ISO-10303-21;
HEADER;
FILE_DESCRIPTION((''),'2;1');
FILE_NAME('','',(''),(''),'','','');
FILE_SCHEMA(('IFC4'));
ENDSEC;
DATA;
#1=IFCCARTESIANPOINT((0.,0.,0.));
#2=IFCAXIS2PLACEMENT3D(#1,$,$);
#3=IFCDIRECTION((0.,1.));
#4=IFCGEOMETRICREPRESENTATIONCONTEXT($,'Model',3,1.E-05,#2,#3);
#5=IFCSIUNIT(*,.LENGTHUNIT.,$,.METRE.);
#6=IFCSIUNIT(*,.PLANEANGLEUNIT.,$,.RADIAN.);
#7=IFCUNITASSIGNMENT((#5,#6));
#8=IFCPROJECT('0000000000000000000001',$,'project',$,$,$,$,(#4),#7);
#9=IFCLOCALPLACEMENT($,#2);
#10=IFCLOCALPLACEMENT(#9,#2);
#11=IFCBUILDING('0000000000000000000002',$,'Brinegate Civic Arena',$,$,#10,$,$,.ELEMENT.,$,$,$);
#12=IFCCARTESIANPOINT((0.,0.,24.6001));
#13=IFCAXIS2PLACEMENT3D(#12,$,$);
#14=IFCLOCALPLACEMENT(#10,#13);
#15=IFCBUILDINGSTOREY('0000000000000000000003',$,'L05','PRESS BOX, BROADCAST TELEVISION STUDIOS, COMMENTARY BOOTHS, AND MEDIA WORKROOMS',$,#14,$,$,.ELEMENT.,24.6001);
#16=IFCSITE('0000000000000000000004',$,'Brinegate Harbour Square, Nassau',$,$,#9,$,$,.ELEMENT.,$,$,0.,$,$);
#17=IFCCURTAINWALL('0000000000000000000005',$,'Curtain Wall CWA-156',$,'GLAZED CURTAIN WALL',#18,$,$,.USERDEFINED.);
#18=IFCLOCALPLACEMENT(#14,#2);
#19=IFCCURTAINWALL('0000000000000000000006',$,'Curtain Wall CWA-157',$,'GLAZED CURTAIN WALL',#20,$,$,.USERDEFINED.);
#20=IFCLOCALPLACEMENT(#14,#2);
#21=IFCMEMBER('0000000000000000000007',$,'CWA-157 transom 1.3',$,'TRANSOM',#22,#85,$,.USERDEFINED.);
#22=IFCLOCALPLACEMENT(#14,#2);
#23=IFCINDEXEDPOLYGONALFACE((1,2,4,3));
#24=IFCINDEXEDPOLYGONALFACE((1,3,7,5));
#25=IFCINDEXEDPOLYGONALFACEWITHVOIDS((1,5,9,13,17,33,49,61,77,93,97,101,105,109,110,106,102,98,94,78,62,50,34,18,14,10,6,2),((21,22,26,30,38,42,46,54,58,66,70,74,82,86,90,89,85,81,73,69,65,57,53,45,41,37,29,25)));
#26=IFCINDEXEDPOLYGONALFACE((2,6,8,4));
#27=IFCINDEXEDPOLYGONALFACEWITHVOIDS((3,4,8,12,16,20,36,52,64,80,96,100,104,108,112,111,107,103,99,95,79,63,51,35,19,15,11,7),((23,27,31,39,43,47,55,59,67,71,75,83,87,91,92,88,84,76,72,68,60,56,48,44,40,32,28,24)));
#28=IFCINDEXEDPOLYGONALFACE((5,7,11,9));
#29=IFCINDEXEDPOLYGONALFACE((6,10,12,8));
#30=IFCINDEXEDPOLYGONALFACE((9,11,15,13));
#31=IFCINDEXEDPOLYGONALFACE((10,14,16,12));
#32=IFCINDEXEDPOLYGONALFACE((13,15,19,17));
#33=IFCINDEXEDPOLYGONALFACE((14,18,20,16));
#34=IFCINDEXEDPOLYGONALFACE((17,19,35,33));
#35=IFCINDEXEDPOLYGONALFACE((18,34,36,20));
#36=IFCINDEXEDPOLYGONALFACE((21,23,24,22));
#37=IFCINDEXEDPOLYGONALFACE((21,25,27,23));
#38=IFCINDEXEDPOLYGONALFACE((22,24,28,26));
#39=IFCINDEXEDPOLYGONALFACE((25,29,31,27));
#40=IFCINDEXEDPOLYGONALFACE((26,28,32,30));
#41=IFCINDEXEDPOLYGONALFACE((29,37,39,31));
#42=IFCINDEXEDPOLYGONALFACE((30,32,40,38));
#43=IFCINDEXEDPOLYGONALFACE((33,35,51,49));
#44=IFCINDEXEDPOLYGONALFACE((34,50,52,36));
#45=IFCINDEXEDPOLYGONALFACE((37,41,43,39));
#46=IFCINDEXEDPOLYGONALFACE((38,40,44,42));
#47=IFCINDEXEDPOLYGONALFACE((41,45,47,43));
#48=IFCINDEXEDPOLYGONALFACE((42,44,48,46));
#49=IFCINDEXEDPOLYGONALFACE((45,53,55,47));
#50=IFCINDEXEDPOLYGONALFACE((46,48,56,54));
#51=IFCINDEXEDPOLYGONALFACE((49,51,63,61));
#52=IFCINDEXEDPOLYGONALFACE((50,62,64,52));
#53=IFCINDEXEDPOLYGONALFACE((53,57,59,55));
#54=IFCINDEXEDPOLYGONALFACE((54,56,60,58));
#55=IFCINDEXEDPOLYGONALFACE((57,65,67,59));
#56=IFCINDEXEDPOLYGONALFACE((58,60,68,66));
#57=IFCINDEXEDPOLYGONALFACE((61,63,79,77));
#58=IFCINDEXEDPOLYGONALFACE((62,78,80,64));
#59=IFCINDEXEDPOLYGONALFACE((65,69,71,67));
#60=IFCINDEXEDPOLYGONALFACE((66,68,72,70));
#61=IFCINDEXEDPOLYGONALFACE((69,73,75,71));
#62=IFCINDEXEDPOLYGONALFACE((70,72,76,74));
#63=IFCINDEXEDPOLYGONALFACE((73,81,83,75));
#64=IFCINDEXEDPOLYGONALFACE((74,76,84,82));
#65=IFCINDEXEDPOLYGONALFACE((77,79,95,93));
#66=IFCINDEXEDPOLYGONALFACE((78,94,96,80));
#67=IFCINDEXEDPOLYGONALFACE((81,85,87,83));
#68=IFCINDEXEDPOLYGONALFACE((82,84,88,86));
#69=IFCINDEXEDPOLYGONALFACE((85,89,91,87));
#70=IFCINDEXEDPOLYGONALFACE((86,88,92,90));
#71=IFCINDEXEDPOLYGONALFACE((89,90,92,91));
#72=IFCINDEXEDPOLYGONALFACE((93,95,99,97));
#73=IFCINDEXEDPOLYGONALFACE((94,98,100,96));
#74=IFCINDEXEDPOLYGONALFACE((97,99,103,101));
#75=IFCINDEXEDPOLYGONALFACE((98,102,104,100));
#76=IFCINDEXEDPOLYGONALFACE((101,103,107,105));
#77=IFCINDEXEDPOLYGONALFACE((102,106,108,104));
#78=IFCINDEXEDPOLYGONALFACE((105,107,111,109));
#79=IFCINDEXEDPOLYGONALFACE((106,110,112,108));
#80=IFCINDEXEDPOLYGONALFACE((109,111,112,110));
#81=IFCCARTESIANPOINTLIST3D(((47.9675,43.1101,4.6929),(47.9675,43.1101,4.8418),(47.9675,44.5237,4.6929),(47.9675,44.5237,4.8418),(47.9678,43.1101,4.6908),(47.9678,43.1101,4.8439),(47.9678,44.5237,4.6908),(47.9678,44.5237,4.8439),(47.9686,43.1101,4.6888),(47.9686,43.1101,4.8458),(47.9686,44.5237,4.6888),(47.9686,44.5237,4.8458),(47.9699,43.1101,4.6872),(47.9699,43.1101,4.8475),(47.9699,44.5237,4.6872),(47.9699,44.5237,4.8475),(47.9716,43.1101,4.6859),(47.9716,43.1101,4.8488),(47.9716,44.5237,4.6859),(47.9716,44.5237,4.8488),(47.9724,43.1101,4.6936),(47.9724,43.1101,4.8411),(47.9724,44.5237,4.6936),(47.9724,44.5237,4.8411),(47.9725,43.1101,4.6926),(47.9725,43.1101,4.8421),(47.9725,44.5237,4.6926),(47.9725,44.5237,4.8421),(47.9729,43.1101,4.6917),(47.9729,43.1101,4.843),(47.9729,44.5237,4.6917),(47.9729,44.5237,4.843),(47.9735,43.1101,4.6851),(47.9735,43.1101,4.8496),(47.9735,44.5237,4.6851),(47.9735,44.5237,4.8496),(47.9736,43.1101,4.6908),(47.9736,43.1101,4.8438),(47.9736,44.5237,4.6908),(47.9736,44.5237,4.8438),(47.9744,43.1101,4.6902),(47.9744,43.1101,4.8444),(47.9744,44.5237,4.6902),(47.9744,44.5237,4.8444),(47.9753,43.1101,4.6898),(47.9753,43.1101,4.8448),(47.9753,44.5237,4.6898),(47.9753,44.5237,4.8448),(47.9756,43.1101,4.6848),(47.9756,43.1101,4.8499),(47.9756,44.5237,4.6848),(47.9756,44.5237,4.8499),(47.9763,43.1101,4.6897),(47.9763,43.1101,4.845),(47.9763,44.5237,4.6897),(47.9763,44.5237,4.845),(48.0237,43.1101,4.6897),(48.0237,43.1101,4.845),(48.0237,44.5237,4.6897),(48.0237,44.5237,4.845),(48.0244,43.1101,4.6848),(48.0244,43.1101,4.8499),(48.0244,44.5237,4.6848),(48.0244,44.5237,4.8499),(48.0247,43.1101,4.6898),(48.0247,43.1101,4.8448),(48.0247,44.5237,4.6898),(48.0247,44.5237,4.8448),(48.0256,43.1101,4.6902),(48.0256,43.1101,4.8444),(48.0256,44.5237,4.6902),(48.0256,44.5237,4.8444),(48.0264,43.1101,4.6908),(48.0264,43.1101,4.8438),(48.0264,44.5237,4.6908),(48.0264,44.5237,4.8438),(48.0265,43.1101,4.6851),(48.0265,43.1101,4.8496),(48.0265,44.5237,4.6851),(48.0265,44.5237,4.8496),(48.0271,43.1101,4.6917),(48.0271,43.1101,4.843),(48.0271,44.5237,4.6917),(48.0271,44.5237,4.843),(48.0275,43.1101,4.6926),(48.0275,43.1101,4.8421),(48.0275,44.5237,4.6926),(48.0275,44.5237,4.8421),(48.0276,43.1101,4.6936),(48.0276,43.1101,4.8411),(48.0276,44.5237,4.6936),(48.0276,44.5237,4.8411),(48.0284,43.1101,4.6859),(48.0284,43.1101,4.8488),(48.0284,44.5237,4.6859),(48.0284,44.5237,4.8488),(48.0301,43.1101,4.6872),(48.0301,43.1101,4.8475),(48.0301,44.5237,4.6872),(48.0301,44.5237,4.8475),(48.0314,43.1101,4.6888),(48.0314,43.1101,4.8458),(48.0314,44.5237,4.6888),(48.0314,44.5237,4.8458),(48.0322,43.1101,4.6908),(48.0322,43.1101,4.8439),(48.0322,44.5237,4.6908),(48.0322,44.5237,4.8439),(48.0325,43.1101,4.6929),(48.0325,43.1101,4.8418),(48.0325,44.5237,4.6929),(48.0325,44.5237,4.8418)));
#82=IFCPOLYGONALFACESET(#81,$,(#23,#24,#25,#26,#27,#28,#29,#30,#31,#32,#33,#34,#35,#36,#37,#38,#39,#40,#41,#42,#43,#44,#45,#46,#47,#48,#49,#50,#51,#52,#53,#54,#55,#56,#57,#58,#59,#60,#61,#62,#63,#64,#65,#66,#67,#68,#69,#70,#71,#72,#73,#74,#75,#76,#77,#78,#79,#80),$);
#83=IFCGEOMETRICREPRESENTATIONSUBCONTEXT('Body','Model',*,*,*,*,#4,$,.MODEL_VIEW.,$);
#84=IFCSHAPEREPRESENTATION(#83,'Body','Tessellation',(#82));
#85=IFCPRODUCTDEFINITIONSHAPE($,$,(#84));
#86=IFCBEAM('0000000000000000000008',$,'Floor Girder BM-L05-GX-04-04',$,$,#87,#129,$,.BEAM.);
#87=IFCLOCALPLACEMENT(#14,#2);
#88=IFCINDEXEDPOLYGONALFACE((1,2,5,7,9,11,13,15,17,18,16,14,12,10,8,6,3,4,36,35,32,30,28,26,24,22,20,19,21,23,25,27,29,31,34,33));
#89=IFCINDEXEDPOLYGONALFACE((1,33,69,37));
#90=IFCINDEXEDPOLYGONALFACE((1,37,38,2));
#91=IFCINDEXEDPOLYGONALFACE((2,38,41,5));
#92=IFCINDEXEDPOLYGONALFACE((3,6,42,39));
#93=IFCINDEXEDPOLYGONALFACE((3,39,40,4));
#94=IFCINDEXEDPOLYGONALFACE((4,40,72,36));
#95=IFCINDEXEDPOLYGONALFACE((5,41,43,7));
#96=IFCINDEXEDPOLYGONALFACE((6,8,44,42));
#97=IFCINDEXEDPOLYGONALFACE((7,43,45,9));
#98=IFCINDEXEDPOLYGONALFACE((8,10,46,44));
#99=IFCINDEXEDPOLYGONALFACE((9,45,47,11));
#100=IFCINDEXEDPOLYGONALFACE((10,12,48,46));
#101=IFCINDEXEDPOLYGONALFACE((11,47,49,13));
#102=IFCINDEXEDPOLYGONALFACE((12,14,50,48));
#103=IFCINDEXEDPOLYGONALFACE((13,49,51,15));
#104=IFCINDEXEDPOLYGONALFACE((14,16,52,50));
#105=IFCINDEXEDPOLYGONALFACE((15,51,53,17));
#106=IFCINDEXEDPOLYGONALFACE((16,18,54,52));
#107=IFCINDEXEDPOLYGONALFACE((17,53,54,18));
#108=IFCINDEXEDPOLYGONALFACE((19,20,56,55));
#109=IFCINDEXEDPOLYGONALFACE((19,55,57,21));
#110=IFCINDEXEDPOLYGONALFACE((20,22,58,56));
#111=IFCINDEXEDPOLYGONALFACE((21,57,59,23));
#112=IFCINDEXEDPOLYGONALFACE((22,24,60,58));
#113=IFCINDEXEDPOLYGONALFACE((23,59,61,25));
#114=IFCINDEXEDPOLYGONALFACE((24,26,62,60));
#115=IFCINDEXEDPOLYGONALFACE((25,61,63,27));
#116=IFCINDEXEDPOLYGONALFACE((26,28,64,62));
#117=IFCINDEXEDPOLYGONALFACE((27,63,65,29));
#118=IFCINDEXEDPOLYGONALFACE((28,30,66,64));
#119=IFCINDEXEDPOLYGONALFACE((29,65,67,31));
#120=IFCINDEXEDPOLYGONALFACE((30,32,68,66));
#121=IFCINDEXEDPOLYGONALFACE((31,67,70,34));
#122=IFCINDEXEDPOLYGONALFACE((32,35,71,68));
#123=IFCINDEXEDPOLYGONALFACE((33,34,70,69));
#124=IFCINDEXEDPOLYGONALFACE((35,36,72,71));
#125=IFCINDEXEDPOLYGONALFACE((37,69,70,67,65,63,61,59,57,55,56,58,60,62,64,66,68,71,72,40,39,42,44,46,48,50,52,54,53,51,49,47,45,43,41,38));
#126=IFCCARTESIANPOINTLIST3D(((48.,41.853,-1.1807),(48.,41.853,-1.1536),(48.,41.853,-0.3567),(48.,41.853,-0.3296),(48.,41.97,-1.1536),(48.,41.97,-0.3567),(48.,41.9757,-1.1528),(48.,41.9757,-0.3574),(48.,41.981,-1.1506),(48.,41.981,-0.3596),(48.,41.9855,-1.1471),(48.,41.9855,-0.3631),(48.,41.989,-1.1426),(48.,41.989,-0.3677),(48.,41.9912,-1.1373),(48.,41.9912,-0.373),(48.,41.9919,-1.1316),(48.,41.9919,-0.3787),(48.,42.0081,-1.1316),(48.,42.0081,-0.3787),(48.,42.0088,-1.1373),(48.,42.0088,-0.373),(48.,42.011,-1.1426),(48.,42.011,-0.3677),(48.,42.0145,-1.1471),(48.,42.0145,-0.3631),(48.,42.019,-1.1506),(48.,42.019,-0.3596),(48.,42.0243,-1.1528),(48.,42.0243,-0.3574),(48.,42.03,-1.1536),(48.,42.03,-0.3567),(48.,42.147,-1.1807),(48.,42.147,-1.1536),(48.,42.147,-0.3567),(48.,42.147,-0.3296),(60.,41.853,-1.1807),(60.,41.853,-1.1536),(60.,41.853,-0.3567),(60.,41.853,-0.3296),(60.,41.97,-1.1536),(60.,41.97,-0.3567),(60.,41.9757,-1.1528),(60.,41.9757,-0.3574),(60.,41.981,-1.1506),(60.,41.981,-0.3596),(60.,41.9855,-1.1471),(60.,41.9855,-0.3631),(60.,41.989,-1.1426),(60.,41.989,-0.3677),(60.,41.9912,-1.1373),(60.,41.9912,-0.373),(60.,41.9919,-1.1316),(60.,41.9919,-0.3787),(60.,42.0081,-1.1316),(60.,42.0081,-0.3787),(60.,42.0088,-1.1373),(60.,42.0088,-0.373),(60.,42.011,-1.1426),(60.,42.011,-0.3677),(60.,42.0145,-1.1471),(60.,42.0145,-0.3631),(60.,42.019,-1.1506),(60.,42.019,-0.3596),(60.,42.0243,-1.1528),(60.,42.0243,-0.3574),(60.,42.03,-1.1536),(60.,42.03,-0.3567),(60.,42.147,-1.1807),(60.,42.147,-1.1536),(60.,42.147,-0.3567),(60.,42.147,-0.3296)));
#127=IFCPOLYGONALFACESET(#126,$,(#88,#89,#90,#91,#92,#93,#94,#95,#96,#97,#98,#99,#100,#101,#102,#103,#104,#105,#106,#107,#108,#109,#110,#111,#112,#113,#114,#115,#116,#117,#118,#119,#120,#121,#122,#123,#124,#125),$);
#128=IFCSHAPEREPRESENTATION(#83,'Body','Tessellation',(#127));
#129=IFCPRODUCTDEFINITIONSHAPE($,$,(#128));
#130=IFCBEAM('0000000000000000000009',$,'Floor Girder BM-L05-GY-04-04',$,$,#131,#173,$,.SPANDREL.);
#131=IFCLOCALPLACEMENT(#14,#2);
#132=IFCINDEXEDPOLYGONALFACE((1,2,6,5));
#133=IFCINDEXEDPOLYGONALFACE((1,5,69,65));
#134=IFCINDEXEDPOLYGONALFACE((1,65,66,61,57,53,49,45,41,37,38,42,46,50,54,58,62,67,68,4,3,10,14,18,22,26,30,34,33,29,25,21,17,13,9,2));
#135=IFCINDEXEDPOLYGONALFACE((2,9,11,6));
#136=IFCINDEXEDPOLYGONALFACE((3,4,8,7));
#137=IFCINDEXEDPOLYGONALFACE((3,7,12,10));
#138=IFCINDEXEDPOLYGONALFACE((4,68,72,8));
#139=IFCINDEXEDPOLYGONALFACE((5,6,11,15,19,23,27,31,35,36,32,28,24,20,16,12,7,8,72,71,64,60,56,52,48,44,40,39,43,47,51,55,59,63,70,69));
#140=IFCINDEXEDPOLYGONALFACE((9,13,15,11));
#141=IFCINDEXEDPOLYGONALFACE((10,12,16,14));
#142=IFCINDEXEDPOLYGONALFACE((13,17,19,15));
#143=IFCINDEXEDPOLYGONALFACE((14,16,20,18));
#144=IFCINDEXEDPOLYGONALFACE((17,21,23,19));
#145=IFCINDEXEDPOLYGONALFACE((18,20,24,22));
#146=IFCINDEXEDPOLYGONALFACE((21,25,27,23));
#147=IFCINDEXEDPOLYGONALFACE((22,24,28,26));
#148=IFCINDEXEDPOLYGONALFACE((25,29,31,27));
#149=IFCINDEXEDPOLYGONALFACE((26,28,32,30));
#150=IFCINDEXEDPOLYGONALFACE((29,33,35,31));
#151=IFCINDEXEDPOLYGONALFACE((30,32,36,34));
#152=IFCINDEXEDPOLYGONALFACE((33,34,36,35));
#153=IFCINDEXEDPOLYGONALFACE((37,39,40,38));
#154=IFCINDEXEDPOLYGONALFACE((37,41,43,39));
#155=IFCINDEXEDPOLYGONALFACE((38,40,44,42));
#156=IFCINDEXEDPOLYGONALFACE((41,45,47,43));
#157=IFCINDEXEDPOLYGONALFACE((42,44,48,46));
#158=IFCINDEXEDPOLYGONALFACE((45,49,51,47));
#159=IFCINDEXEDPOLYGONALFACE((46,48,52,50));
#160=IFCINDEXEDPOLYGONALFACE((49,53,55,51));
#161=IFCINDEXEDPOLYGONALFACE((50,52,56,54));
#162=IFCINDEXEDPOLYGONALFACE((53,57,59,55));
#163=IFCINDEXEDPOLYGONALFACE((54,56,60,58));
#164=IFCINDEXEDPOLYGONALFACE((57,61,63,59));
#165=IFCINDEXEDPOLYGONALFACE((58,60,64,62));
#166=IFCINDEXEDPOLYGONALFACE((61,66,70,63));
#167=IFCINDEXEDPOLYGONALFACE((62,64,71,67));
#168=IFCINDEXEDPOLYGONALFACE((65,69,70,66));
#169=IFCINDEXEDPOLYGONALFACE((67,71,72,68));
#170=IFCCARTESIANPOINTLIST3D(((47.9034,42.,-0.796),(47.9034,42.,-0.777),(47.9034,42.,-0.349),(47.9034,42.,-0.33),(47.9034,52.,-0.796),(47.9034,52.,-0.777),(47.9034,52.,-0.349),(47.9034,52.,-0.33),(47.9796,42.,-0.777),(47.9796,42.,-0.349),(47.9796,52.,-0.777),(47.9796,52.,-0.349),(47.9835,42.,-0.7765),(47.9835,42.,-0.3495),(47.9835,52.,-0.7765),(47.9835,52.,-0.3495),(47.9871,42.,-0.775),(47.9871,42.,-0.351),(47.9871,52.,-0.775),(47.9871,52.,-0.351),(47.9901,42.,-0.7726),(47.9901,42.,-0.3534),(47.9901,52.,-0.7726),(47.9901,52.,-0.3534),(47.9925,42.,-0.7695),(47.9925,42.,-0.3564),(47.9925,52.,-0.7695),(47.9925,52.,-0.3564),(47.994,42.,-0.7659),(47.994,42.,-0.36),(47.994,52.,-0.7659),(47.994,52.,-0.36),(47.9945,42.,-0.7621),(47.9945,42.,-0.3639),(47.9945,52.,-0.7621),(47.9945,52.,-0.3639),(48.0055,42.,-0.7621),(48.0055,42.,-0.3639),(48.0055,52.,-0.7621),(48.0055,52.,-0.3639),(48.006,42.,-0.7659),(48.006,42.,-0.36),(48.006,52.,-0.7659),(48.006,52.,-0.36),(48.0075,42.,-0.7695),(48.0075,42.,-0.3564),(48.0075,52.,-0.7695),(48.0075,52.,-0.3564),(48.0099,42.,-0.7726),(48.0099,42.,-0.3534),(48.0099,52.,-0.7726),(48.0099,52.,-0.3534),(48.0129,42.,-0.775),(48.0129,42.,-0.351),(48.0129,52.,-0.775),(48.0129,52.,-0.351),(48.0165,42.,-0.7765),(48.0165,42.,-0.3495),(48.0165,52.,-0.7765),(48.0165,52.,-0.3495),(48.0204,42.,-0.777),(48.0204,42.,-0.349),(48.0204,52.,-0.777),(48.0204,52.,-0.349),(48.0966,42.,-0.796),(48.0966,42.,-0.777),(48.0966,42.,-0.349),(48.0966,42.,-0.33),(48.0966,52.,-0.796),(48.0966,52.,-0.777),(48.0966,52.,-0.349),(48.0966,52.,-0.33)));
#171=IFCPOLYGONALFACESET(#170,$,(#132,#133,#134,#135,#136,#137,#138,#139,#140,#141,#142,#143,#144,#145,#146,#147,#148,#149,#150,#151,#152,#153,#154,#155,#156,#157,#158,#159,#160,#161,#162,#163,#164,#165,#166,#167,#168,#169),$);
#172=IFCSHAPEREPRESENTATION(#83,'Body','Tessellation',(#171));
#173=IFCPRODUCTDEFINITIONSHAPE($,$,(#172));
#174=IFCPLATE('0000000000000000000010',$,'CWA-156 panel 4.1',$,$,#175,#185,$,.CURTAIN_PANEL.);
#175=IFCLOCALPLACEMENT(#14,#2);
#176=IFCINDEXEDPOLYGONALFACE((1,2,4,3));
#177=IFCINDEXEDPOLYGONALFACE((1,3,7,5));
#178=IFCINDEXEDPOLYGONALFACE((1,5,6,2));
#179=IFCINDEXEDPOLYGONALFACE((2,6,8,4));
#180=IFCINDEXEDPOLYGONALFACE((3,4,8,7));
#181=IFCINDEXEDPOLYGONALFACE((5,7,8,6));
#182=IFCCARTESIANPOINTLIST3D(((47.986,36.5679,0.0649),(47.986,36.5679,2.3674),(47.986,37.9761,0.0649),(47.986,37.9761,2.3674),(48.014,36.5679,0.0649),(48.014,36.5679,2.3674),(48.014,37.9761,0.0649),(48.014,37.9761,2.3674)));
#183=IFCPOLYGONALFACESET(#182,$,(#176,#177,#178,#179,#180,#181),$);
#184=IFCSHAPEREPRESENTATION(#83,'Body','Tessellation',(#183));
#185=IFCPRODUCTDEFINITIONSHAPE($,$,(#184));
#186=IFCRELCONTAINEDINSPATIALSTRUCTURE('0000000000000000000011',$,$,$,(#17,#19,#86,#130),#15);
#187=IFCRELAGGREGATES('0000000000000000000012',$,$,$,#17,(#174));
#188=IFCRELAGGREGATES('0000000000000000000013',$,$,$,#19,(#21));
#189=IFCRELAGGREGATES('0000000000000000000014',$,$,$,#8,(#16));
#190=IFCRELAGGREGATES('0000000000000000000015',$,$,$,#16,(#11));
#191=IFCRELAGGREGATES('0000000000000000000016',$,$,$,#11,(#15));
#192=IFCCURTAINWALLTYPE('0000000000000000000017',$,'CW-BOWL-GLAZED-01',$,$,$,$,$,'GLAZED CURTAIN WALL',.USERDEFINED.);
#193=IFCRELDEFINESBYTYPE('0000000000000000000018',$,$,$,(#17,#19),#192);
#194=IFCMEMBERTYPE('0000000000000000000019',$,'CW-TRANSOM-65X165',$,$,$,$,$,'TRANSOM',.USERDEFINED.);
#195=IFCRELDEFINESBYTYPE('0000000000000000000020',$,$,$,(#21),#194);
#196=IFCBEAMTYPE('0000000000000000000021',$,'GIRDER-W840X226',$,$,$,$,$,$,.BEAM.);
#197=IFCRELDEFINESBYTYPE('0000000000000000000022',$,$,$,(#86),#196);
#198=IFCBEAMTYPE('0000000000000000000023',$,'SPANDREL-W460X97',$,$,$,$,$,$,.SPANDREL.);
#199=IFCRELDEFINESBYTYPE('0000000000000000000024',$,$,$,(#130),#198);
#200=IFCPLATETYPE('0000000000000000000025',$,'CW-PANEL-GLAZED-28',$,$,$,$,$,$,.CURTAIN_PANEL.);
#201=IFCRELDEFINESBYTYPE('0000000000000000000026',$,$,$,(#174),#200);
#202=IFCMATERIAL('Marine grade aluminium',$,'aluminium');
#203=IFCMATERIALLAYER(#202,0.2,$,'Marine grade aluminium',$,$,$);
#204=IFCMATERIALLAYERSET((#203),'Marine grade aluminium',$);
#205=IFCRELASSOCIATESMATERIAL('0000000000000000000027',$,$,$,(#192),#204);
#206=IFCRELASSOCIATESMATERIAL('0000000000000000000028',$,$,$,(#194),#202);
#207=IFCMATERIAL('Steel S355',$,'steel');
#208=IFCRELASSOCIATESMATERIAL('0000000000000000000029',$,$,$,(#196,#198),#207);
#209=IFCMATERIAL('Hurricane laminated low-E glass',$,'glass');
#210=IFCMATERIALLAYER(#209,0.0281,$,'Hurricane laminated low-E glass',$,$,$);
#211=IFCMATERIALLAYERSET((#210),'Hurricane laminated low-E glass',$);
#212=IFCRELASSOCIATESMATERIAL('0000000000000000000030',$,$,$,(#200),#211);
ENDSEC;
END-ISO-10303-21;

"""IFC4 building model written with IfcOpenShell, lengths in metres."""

from ifc_helpers import new_model, si_unit, direction, frame, origin, origin_2d, place, context, subcontext, project, spatial, rectangle, hollow_rectangle, i_section, extrude, material, layer, layer_set, material_profile, profile_set, type_object, element, aggregate, save


model = new_model("IFC4")

# Units and contexts
model_context = context("Model", 3, precision=1e-05, world=origin(), true_north=direction((0.0, 1.0)))
body_context = subcontext(model_context, "Body", "Model", "MODEL_VIEW")
ifc_project = project(units=[si_unit("LENGTHUNIT", "METRE"), si_unit("PLANEANGLEUNIT", "RADIAN")], contexts=[model_context])

# Site, building, storey
site_placement = place(None, origin())
site = spatial("IfcSite", under=ifc_project, at=site_placement, Name="Brinegate Harbour Square, Nassau", CompositionType="ELEMENT", RefElevation=0.0)
building_placement = place(site_placement, origin())
building = spatial("IfcBuilding", under=site, at=building_placement, Name="Brinegate Civic Arena", CompositionType="ELEMENT")
storey_placement = place(building_placement, frame((0.0, 0.0, 24.6001)))
storey = spatial("IfcBuildingStorey", under=building, at=storey_placement, Name="L05", Description="PRESS BOX, BROADCAST TELEVISION STUDIOS, COMMENTARY BOOTHS, AND MEDIA WORKROOMS", CompositionType="ELEMENT", Elevation=24.6001)

# Curtain wall
ifc_material_1 = material(Name="Marine grade aluminium", Category="aluminium")
ifc_layer_1 = layer(ifc_material_1, 0.2, Name="Marine grade aluminium")
ifc_layer_set_1 = layer_set([ifc_layer_1], Name="Marine grade aluminium")
curtain_wall_type = type_object("IfcCurtainWallType", Name="CW-BOWL-GLAZED-01", ElementType="GLAZED CURTAIN WALL", PredefinedType="USERDEFINED", material=ifc_layer_set_1)
curtain_wall_1_placement = place(storey_placement, origin())
curtain_wall_1 = element("IfcCurtainWall", 1, at=curtain_wall_1_placement, inside=storey, type_object=curtain_wall_type, Name="Curtain Wall CWA-156", ObjectType="GLAZED CURTAIN WALL", PredefinedType="USERDEFINED")

# Curtain wall
curtain_wall_2_placement = place(storey_placement, origin())
curtain_wall_2 = element("IfcCurtainWall", 2, at=curtain_wall_2_placement, inside=storey, type_object=curtain_wall_type, Name="Curtain Wall CWA-157", ObjectType="GLAZED CURTAIN WALL", PredefinedType="USERDEFINED")

# Member
ifc_material_profile_1 = material_profile(ifc_material_1, hollow_rectangle(XDim=0.0649, YDim=0.165, WallThickness=0.0049, InnerFilletRadius=0.0039, OuterFilletRadius=0.0081, at=origin_2d()), Name="TRN65X165")
ifc_profile_set_1 = profile_set([ifc_material_profile_1], Name="Marine grade aluminium")
member_type_1 = type_object("IfcMemberType", Name="CW-TRANSOM-65X165", ElementType="TRANSOM", PredefinedType="USERDEFINED", material=ifc_profile_set_1)
member_1_placement = place(storey_placement, frame((48.0, 43.1101, 4.7673), z_axis=(0.0, 1.0, 0.0), x_axis=(-1.0, 0.0, 0.0)))
member_1 = element("IfcMember", 3, at=member_1_placement, type_object=member_type_1, Name="CWA-157 transom 1.3", ObjectType="TRANSOM", PredefinedType="USERDEFINED", context=body_context, shape_type="SweptSolid", body=[
    extrude(hollow_rectangle(XDim=0.0649, YDim=0.165, WallThickness=0.0049, InnerFilletRadius=0.0039, OuterFilletRadius=0.0081, at=origin_2d()), origin(), (0.0, 0.0, 1.0), 1.4136),
])

# Beams
ifc_material_2 = material(Name="Steel S355", Category="steel")
ifc_material_profile_2 = material_profile(ifc_material_2, i_section(OverallWidth=0.2939, OverallDepth=0.8511, WebThickness=0.0161, FlangeThickness=0.0271, FilletRadius=0.022, at=origin_2d()), Name="W840X226")
ifc_profile_set_2 = profile_set([ifc_material_profile_2], Name="Steel S355")
beam_type_1 = type_object("IfcBeamType", Name="GIRDER-W840X226", PredefinedType="BEAM", material=ifc_profile_set_2)
beam_1_placement = place(storey_placement, frame((48.0, 42.0, -0.7551), z_axis=(1.0, 0.0, 0.0), x_axis=(0.0, 1.0, 0.0)))
element("IfcBeam", 4, at=beam_1_placement, inside=storey, type_object=beam_type_1, Name="Floor Girder BM-L05-GX-04-04", PredefinedType="BEAM", context=body_context, shape_type="SweptSolid", body=[
    extrude(i_section(OverallWidth=0.2939, OverallDepth=0.8511, WebThickness=0.0161, FlangeThickness=0.0271, FilletRadius=0.022, at=origin_2d()), origin(), (0.0, 0.0, 1.0), 12.0),
])
ifc_material_profile_3 = material_profile(ifc_material_2, i_section(OverallWidth=0.1931, OverallDepth=0.4661, WebThickness=0.011, FlangeThickness=0.019, FilletRadius=0.0149, at=origin_2d()), Name="W460X97")
ifc_profile_set_3 = profile_set([ifc_material_profile_3], Name="Steel S355")
beam_type_2 = type_object("IfcBeamType", Name="SPANDREL-W460X97", PredefinedType="SPANDREL", material=ifc_profile_set_3)
beam_2_placement = place(storey_placement, frame((48.0, 42.0, -0.563), z_axis=(0.0, 1.0, 0.0), x_axis=(-1.0, 0.0, 0.0)))
element("IfcBeam", 5, at=beam_2_placement, inside=storey, type_object=beam_type_2, Name="Floor Girder BM-L05-GY-04-04", PredefinedType="SPANDREL", context=body_context, shape_type="SweptSolid", body=[
    extrude(i_section(OverallWidth=0.1931, OverallDepth=0.4661, WebThickness=0.011, FlangeThickness=0.019, FilletRadius=0.0149, at=origin_2d()), origin(), (0.0, 0.0, 1.0), 10.0),
])

# Plate
ifc_material_3 = material(Name="Hurricane laminated low-E glass", Category="glass")
ifc_layer_2 = layer(ifc_material_3, 0.0281, Name="Hurricane laminated low-E glass")
ifc_layer_set_2 = layer_set([ifc_layer_2], Name="Hurricane laminated low-E glass")
plate_type_1 = type_object("IfcPlateType", Name="CW-PANEL-GLAZED-28", PredefinedType="CURTAIN_PANEL", material=ifc_layer_set_2)
plate_1_placement = place(storey_placement, frame((48.0, 37.272, 0.0649), z_axis=(0.0, 0.0, 1.0), x_axis=(0.0, 1.0, 0.0)))
plate_1 = element("IfcPlate", 6, at=plate_1_placement, type_object=plate_type_1, Name="CWA-156 panel 4.1", PredefinedType="CURTAIN_PANEL", context=body_context, shape_type="SweptSolid", body=[
    extrude(rectangle(XDim=1.4082, YDim=0.0281, at=origin_2d()), origin(), (0.0, 0.0, 1.0), 2.3025),
])
aggregate(curtain_wall_1, [plate_1])
aggregate(curtain_wall_2, [member_1])

save(model, "model.ifc")
